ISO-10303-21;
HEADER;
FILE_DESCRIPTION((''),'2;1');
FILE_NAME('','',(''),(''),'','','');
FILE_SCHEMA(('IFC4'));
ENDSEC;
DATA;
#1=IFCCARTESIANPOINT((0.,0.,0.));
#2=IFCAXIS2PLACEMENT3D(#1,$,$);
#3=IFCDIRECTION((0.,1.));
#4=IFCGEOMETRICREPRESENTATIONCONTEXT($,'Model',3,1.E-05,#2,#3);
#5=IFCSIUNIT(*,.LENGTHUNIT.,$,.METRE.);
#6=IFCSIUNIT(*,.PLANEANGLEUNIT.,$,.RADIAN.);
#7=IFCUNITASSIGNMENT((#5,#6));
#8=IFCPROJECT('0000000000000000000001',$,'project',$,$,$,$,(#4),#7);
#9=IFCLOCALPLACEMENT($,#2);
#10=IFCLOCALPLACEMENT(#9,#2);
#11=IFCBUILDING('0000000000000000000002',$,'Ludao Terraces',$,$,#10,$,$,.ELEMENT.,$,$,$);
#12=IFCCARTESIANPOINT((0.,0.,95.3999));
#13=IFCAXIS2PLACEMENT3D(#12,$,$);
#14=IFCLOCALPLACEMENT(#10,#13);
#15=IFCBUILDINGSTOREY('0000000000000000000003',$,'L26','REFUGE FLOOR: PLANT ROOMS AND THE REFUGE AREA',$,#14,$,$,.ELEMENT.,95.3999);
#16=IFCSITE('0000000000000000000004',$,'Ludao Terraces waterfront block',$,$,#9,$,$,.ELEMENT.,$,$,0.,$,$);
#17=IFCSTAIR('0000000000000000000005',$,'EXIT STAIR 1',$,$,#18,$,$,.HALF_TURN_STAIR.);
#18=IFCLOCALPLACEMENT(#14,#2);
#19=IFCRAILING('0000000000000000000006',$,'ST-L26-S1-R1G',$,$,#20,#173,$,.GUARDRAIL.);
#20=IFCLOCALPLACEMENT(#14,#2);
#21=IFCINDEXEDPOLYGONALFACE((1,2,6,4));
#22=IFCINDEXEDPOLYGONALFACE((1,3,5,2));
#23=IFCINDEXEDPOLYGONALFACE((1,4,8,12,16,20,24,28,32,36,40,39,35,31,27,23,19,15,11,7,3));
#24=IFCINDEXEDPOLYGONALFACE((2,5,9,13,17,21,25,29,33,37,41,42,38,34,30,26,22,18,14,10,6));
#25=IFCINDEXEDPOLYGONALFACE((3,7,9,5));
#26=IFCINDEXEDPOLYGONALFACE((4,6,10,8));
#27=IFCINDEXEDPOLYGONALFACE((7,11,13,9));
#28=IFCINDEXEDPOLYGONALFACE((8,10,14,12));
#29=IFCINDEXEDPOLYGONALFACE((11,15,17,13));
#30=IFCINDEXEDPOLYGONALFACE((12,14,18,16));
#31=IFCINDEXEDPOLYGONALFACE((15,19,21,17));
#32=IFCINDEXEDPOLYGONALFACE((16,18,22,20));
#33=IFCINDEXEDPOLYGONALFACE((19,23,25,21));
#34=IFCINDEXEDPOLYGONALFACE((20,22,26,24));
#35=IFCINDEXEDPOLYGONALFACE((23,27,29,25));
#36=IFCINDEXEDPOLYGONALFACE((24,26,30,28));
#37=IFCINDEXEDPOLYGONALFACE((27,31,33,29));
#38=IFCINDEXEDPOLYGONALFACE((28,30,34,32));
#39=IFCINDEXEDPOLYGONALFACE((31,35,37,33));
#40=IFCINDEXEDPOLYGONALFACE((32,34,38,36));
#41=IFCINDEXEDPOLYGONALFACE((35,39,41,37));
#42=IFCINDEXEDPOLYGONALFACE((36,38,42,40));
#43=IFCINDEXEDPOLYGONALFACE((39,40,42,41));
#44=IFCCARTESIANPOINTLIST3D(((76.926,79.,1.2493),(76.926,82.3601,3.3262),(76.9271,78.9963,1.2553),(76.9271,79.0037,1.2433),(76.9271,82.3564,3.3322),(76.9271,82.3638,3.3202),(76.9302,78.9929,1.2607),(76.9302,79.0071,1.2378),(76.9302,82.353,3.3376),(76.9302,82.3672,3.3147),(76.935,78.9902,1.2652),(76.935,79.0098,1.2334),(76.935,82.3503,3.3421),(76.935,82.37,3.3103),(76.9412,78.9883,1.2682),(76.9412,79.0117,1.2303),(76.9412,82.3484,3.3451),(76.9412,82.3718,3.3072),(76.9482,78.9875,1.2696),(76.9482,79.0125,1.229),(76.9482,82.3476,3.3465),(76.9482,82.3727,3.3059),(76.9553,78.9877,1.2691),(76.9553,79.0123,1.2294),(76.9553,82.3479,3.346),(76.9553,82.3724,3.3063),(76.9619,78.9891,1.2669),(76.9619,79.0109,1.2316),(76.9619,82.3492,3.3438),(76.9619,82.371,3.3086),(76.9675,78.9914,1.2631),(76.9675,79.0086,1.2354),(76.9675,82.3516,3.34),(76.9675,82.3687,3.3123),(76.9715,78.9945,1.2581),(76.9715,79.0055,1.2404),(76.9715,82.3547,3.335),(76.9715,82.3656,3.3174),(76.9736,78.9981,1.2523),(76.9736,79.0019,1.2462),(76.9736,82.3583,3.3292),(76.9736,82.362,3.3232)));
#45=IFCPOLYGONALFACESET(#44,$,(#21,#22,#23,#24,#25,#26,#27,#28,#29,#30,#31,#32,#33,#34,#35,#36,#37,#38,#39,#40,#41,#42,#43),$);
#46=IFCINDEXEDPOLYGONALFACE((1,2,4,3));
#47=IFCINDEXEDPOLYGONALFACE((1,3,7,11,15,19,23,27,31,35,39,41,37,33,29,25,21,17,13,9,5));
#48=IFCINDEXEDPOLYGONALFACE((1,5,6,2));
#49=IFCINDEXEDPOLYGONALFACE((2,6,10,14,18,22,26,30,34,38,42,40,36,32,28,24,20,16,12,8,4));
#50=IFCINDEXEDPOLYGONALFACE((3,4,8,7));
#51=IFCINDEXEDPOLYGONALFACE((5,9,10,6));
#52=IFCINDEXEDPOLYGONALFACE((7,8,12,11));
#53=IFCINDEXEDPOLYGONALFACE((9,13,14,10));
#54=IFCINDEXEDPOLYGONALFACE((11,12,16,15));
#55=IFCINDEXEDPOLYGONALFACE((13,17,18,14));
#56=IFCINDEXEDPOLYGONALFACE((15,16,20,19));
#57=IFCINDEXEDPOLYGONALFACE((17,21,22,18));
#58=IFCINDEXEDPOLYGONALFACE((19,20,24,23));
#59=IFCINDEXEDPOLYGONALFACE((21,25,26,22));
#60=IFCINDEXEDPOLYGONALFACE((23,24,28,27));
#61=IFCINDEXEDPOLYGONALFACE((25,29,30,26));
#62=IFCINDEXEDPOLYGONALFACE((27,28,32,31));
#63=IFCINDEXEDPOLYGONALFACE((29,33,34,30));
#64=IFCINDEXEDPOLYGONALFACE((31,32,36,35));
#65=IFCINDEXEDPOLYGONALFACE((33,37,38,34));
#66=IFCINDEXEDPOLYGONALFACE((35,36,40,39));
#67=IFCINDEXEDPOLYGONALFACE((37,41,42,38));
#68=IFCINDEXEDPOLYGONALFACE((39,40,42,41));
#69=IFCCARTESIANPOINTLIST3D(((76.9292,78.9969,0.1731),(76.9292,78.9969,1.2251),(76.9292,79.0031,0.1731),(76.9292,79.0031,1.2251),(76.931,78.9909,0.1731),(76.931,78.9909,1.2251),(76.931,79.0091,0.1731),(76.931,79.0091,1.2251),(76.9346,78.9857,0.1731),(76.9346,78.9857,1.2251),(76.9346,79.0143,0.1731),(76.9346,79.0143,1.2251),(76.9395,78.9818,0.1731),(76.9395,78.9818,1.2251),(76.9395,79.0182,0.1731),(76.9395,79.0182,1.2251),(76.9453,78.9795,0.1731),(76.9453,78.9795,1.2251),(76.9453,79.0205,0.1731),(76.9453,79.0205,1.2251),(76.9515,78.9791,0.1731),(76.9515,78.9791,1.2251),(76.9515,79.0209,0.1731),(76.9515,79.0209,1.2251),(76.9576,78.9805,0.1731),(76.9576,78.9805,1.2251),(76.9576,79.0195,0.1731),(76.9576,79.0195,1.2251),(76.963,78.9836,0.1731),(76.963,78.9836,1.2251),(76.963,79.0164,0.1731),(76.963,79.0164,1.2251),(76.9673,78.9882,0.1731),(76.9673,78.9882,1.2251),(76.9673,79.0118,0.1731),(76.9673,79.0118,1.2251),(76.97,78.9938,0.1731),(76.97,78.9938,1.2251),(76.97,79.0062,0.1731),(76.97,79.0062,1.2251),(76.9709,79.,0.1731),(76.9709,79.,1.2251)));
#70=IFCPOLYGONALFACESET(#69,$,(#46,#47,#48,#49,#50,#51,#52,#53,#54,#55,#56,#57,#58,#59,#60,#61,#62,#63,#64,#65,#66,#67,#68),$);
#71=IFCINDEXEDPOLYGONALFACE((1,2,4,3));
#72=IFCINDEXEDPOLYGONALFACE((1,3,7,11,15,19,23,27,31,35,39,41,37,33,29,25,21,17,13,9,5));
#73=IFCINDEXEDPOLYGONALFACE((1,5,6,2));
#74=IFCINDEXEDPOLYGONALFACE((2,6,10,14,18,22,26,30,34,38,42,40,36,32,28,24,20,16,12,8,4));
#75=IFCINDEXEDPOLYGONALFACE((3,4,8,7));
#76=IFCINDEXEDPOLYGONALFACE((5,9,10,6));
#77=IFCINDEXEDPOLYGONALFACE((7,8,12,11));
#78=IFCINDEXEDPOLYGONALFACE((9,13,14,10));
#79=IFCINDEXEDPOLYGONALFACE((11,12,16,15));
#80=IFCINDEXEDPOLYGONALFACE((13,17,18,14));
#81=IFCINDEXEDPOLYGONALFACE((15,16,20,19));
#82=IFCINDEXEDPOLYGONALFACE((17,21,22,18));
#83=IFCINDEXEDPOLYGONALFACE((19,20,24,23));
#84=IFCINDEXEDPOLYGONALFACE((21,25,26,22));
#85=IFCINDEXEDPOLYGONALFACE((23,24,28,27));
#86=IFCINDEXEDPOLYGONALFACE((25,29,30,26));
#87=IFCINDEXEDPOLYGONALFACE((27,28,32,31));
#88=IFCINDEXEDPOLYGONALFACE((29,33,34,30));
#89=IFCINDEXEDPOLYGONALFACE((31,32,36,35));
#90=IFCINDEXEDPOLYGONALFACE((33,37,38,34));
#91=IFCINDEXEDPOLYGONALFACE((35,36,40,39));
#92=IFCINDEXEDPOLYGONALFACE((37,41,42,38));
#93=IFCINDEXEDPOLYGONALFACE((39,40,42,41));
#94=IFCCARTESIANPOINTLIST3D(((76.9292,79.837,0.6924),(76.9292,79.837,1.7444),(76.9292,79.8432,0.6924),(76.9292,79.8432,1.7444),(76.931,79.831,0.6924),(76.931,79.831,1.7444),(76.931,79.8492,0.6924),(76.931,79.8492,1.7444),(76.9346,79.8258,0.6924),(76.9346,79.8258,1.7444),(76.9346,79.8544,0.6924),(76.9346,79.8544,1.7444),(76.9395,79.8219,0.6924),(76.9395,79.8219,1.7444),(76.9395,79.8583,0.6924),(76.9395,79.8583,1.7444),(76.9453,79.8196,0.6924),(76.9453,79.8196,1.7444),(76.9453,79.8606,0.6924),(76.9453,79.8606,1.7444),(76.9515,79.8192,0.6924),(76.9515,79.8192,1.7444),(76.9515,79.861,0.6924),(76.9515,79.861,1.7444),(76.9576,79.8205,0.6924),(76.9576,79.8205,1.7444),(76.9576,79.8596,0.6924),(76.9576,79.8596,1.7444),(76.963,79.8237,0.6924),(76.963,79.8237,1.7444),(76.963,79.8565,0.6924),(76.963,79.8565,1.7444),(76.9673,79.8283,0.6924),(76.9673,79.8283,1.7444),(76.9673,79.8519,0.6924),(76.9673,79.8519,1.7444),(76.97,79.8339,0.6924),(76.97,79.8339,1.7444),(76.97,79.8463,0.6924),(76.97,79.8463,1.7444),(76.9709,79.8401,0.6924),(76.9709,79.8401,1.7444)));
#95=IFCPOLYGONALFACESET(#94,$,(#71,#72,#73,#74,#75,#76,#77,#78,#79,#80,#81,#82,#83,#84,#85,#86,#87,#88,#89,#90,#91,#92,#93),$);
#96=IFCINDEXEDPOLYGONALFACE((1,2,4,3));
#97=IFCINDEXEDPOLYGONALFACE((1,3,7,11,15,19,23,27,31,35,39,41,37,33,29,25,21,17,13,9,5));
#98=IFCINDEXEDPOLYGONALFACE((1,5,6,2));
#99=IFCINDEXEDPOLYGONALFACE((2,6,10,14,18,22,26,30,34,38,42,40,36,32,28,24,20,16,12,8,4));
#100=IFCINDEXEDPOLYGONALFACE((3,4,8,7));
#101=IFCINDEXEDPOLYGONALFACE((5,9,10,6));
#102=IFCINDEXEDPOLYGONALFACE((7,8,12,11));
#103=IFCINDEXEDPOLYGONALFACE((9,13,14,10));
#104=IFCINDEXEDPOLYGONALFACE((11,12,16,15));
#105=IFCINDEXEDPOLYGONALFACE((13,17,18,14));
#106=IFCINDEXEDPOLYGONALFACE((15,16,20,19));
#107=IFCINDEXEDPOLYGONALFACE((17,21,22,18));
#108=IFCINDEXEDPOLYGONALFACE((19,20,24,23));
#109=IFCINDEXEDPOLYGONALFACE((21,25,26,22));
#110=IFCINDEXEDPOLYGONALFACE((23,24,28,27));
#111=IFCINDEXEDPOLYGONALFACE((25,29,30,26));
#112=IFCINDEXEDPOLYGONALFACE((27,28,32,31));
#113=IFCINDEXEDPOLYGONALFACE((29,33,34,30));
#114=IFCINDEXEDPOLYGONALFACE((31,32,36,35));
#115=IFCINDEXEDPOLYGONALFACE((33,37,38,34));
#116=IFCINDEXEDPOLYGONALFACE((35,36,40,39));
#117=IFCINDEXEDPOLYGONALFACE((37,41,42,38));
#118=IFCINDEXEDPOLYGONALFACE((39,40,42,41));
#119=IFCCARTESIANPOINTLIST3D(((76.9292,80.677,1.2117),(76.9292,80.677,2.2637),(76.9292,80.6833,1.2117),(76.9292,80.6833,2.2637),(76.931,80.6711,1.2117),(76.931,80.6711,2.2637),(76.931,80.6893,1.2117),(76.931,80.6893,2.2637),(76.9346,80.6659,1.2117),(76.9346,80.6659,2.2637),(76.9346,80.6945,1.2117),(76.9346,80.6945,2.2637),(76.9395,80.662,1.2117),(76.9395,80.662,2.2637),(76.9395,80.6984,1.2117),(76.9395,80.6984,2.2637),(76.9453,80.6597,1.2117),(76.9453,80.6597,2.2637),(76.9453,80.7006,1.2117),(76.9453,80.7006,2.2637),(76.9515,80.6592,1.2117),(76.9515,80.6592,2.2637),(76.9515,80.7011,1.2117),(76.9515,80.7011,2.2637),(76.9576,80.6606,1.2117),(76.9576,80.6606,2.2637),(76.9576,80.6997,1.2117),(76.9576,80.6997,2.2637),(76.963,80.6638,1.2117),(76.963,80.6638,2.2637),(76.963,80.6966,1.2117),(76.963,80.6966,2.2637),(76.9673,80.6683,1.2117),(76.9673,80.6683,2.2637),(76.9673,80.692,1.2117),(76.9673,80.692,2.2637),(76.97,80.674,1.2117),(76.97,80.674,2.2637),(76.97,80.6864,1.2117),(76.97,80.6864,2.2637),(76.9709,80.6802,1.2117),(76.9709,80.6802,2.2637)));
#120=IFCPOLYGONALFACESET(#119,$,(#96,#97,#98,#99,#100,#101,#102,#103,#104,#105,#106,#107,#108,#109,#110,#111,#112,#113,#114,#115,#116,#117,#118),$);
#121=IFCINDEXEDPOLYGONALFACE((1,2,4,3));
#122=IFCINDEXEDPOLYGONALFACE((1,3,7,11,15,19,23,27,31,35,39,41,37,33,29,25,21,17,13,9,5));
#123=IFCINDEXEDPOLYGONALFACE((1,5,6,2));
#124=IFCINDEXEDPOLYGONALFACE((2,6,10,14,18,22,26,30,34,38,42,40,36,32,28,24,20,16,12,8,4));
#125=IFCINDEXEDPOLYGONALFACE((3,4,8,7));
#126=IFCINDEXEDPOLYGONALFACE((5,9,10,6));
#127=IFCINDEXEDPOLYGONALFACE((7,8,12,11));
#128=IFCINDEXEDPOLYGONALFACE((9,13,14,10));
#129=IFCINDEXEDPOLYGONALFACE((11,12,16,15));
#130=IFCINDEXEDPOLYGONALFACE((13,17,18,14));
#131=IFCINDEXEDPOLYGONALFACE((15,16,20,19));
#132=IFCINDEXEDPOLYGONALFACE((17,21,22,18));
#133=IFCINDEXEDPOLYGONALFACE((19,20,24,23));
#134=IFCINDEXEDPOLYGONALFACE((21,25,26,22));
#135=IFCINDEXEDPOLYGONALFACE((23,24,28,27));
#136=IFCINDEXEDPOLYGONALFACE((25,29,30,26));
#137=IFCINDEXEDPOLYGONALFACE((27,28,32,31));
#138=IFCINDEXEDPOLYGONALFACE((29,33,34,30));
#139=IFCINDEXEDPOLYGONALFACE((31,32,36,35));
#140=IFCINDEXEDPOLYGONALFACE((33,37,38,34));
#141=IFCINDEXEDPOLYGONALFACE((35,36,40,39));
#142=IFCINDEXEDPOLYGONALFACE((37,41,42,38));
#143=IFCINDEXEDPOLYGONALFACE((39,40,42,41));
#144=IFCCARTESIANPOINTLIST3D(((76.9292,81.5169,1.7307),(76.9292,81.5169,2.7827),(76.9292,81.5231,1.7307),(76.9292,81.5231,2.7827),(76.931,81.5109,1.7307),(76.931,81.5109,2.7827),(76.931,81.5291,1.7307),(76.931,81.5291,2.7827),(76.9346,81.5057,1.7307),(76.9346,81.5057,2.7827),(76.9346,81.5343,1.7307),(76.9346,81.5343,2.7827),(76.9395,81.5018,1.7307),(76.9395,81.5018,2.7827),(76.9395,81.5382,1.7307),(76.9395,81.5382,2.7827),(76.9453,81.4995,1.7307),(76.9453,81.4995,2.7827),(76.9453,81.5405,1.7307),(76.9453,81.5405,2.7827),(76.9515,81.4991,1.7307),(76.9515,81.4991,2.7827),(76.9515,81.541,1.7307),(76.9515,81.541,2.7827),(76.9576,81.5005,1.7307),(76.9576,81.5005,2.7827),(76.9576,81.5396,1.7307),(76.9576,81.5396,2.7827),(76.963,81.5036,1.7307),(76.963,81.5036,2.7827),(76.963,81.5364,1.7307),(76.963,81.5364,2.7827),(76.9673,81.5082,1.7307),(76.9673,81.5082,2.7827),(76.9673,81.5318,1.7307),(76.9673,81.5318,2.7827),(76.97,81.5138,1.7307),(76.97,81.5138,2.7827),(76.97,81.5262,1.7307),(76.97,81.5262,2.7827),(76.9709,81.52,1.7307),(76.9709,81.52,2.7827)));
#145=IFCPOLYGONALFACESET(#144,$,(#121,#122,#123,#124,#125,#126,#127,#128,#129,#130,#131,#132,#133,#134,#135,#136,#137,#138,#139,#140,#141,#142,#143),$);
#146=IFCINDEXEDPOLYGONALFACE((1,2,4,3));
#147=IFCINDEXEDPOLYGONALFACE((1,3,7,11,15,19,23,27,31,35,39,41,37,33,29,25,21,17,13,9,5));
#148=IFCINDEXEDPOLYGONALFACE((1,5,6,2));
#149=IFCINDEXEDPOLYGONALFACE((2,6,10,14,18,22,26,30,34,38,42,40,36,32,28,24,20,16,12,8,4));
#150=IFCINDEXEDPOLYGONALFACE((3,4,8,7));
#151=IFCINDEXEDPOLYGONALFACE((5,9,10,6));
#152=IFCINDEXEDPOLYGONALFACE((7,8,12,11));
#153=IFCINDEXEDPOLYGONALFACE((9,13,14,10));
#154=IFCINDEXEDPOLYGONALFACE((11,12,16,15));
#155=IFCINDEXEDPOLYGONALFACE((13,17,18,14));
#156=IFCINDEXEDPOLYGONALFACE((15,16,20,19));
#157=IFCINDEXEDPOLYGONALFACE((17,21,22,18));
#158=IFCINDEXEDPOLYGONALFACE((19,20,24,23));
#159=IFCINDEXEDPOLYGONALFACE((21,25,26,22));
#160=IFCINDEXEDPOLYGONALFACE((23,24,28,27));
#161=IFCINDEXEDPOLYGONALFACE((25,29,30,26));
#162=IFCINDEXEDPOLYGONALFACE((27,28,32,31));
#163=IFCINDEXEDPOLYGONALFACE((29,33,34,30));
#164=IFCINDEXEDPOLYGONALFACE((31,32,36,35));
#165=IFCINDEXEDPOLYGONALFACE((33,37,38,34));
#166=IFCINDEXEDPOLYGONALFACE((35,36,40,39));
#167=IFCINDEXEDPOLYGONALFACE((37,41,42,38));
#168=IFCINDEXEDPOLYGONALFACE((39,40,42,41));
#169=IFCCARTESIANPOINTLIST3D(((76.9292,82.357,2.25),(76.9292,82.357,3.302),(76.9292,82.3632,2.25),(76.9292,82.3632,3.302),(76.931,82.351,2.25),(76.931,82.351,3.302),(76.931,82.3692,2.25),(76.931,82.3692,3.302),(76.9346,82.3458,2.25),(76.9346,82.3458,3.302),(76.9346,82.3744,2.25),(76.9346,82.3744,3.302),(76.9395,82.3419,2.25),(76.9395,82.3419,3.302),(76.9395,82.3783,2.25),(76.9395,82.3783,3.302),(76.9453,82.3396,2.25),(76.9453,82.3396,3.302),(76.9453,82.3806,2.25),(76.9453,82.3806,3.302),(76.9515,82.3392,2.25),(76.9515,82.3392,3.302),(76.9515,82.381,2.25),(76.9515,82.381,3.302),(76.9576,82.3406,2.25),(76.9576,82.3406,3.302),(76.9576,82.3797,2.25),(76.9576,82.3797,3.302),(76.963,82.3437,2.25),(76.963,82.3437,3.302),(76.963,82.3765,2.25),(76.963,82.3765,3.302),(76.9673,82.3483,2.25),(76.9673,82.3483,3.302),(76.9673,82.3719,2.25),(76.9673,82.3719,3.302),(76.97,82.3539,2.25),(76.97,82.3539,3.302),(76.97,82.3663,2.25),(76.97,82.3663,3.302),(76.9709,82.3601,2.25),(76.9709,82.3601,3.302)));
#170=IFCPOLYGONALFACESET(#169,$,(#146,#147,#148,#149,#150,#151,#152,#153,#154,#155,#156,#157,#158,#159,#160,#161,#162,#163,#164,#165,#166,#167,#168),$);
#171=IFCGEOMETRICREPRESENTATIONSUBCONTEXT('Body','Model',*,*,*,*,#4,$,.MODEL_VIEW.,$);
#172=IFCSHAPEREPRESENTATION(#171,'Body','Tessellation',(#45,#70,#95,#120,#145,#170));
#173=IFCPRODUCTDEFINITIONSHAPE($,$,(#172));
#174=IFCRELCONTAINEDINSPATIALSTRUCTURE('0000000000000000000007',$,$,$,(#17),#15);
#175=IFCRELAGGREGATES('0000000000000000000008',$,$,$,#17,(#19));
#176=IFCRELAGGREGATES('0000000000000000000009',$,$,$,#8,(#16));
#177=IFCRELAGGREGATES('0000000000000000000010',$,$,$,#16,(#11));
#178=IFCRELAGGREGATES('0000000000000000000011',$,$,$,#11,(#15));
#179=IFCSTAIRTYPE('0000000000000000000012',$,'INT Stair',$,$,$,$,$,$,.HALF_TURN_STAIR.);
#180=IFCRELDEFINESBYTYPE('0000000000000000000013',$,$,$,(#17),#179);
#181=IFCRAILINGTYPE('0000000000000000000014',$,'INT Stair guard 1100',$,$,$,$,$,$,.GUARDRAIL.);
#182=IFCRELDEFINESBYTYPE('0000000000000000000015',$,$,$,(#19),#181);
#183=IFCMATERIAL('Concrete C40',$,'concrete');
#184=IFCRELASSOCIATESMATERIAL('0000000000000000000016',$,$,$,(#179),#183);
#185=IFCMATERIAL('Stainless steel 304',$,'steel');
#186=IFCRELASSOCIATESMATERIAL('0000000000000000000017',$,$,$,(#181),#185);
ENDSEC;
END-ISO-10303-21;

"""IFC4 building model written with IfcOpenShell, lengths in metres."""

from ifc_helpers import new_model, si_unit, direction, frame, origin, origin_2d, place, context, subcontext, project, spatial, circle, extrude, material, type_object, element, aggregate, save


model = new_model("IFC4")

# Units and contexts
model_context = context("Model", 3, precision=1e-05, world=origin(), true_north=direction((0.0, 1.0)))
body_context = subcontext(model_context, "Body", "Model", "MODEL_VIEW")
ifc_project = project(units=[si_unit("LENGTHUNIT", "METRE"), si_unit("PLANEANGLEUNIT", "RADIAN")], contexts=[model_context])

# Site, building, storey
site_placement = place(None, origin())
site = spatial("IfcSite", under=ifc_project, at=site_placement, Name="Ludao Terraces waterfront block", CompositionType="ELEMENT", RefElevation=0.0)
building_placement = place(site_placement, origin())
building = spatial("IfcBuilding", under=site, at=building_placement, Name="Ludao Terraces", CompositionType="ELEMENT")
storey_placement = place(building_placement, frame((0.0, 0.0, 95.3999)))
storey = spatial("IfcBuildingStorey", under=building, at=storey_placement, Name="L26", Description="REFUGE FLOOR: PLANT ROOMS AND THE REFUGE AREA", CompositionType="ELEMENT", Elevation=95.3999)

# Shared definitions
ifc_material_1 = material(Name="Stainless steel 304", Category="steel")

# Stair, railing
ifc_material_2 = material(Name="Concrete C40", Category="concrete")
stair_type = type_object("IfcStairType", Name="INT Stair", PredefinedType="HALF_TURN_STAIR", material=ifc_material_2)
stair_placement = place(storey_placement, origin())
stair = element("IfcStair", 1, at=stair_placement, inside=storey, type_object=stair_type, Name="EXIT STAIR 1", PredefinedType="HALF_TURN_STAIR")
railing_type_1 = type_object("IfcRailingType", Name="INT Stair guard 1100", PredefinedType="GUARDRAIL", material=ifc_material_1)
railing_1_placement = place(storey_placement, frame((76.95, 79.0, 0.1731)))
railing_1 = element("IfcRailing", 2, at=railing_1_placement, type_object=railing_type_1, Name="ST-L26-S1-R1G", PredefinedType="GUARDRAIL", context=body_context, shape_type="SweptSolid", body=[
    extrude(circle(Radius=0.0239, at=origin_2d()), frame((0.0, 0.0, 1.0762), z_axis=(0.0, 0.850623, 0.525776), x_axis=(-1.0, 0.0, 0.0)), (0.0, 0.0, 1.0), 3.9502),
    extrude(circle(Radius=0.021, at=origin_2d()), origin(), (0.0, 0.0, 1.0), 1.052),
    extrude(circle(Radius=0.021, at=origin_2d()), frame((0.0, 0.8401, 0.5193)), (0.0, 0.0, 1.0), 1.052),
    extrude(circle(Radius=0.021, at=origin_2d()), frame((0.0, 1.6802, 1.0386)), (0.0, 0.0, 1.0), 1.052),
    extrude(circle(Radius=0.021, at=origin_2d()), frame((0.0, 2.52, 1.5576)), (0.0, 0.0, 1.0), 1.052),
    extrude(circle(Radius=0.021, at=origin_2d()), frame((0.0, 3.3601, 2.0769)), (0.0, 0.0, 1.0), 1.052),
])
aggregate(stair, [railing_1])

save(model, "model.ifc")
